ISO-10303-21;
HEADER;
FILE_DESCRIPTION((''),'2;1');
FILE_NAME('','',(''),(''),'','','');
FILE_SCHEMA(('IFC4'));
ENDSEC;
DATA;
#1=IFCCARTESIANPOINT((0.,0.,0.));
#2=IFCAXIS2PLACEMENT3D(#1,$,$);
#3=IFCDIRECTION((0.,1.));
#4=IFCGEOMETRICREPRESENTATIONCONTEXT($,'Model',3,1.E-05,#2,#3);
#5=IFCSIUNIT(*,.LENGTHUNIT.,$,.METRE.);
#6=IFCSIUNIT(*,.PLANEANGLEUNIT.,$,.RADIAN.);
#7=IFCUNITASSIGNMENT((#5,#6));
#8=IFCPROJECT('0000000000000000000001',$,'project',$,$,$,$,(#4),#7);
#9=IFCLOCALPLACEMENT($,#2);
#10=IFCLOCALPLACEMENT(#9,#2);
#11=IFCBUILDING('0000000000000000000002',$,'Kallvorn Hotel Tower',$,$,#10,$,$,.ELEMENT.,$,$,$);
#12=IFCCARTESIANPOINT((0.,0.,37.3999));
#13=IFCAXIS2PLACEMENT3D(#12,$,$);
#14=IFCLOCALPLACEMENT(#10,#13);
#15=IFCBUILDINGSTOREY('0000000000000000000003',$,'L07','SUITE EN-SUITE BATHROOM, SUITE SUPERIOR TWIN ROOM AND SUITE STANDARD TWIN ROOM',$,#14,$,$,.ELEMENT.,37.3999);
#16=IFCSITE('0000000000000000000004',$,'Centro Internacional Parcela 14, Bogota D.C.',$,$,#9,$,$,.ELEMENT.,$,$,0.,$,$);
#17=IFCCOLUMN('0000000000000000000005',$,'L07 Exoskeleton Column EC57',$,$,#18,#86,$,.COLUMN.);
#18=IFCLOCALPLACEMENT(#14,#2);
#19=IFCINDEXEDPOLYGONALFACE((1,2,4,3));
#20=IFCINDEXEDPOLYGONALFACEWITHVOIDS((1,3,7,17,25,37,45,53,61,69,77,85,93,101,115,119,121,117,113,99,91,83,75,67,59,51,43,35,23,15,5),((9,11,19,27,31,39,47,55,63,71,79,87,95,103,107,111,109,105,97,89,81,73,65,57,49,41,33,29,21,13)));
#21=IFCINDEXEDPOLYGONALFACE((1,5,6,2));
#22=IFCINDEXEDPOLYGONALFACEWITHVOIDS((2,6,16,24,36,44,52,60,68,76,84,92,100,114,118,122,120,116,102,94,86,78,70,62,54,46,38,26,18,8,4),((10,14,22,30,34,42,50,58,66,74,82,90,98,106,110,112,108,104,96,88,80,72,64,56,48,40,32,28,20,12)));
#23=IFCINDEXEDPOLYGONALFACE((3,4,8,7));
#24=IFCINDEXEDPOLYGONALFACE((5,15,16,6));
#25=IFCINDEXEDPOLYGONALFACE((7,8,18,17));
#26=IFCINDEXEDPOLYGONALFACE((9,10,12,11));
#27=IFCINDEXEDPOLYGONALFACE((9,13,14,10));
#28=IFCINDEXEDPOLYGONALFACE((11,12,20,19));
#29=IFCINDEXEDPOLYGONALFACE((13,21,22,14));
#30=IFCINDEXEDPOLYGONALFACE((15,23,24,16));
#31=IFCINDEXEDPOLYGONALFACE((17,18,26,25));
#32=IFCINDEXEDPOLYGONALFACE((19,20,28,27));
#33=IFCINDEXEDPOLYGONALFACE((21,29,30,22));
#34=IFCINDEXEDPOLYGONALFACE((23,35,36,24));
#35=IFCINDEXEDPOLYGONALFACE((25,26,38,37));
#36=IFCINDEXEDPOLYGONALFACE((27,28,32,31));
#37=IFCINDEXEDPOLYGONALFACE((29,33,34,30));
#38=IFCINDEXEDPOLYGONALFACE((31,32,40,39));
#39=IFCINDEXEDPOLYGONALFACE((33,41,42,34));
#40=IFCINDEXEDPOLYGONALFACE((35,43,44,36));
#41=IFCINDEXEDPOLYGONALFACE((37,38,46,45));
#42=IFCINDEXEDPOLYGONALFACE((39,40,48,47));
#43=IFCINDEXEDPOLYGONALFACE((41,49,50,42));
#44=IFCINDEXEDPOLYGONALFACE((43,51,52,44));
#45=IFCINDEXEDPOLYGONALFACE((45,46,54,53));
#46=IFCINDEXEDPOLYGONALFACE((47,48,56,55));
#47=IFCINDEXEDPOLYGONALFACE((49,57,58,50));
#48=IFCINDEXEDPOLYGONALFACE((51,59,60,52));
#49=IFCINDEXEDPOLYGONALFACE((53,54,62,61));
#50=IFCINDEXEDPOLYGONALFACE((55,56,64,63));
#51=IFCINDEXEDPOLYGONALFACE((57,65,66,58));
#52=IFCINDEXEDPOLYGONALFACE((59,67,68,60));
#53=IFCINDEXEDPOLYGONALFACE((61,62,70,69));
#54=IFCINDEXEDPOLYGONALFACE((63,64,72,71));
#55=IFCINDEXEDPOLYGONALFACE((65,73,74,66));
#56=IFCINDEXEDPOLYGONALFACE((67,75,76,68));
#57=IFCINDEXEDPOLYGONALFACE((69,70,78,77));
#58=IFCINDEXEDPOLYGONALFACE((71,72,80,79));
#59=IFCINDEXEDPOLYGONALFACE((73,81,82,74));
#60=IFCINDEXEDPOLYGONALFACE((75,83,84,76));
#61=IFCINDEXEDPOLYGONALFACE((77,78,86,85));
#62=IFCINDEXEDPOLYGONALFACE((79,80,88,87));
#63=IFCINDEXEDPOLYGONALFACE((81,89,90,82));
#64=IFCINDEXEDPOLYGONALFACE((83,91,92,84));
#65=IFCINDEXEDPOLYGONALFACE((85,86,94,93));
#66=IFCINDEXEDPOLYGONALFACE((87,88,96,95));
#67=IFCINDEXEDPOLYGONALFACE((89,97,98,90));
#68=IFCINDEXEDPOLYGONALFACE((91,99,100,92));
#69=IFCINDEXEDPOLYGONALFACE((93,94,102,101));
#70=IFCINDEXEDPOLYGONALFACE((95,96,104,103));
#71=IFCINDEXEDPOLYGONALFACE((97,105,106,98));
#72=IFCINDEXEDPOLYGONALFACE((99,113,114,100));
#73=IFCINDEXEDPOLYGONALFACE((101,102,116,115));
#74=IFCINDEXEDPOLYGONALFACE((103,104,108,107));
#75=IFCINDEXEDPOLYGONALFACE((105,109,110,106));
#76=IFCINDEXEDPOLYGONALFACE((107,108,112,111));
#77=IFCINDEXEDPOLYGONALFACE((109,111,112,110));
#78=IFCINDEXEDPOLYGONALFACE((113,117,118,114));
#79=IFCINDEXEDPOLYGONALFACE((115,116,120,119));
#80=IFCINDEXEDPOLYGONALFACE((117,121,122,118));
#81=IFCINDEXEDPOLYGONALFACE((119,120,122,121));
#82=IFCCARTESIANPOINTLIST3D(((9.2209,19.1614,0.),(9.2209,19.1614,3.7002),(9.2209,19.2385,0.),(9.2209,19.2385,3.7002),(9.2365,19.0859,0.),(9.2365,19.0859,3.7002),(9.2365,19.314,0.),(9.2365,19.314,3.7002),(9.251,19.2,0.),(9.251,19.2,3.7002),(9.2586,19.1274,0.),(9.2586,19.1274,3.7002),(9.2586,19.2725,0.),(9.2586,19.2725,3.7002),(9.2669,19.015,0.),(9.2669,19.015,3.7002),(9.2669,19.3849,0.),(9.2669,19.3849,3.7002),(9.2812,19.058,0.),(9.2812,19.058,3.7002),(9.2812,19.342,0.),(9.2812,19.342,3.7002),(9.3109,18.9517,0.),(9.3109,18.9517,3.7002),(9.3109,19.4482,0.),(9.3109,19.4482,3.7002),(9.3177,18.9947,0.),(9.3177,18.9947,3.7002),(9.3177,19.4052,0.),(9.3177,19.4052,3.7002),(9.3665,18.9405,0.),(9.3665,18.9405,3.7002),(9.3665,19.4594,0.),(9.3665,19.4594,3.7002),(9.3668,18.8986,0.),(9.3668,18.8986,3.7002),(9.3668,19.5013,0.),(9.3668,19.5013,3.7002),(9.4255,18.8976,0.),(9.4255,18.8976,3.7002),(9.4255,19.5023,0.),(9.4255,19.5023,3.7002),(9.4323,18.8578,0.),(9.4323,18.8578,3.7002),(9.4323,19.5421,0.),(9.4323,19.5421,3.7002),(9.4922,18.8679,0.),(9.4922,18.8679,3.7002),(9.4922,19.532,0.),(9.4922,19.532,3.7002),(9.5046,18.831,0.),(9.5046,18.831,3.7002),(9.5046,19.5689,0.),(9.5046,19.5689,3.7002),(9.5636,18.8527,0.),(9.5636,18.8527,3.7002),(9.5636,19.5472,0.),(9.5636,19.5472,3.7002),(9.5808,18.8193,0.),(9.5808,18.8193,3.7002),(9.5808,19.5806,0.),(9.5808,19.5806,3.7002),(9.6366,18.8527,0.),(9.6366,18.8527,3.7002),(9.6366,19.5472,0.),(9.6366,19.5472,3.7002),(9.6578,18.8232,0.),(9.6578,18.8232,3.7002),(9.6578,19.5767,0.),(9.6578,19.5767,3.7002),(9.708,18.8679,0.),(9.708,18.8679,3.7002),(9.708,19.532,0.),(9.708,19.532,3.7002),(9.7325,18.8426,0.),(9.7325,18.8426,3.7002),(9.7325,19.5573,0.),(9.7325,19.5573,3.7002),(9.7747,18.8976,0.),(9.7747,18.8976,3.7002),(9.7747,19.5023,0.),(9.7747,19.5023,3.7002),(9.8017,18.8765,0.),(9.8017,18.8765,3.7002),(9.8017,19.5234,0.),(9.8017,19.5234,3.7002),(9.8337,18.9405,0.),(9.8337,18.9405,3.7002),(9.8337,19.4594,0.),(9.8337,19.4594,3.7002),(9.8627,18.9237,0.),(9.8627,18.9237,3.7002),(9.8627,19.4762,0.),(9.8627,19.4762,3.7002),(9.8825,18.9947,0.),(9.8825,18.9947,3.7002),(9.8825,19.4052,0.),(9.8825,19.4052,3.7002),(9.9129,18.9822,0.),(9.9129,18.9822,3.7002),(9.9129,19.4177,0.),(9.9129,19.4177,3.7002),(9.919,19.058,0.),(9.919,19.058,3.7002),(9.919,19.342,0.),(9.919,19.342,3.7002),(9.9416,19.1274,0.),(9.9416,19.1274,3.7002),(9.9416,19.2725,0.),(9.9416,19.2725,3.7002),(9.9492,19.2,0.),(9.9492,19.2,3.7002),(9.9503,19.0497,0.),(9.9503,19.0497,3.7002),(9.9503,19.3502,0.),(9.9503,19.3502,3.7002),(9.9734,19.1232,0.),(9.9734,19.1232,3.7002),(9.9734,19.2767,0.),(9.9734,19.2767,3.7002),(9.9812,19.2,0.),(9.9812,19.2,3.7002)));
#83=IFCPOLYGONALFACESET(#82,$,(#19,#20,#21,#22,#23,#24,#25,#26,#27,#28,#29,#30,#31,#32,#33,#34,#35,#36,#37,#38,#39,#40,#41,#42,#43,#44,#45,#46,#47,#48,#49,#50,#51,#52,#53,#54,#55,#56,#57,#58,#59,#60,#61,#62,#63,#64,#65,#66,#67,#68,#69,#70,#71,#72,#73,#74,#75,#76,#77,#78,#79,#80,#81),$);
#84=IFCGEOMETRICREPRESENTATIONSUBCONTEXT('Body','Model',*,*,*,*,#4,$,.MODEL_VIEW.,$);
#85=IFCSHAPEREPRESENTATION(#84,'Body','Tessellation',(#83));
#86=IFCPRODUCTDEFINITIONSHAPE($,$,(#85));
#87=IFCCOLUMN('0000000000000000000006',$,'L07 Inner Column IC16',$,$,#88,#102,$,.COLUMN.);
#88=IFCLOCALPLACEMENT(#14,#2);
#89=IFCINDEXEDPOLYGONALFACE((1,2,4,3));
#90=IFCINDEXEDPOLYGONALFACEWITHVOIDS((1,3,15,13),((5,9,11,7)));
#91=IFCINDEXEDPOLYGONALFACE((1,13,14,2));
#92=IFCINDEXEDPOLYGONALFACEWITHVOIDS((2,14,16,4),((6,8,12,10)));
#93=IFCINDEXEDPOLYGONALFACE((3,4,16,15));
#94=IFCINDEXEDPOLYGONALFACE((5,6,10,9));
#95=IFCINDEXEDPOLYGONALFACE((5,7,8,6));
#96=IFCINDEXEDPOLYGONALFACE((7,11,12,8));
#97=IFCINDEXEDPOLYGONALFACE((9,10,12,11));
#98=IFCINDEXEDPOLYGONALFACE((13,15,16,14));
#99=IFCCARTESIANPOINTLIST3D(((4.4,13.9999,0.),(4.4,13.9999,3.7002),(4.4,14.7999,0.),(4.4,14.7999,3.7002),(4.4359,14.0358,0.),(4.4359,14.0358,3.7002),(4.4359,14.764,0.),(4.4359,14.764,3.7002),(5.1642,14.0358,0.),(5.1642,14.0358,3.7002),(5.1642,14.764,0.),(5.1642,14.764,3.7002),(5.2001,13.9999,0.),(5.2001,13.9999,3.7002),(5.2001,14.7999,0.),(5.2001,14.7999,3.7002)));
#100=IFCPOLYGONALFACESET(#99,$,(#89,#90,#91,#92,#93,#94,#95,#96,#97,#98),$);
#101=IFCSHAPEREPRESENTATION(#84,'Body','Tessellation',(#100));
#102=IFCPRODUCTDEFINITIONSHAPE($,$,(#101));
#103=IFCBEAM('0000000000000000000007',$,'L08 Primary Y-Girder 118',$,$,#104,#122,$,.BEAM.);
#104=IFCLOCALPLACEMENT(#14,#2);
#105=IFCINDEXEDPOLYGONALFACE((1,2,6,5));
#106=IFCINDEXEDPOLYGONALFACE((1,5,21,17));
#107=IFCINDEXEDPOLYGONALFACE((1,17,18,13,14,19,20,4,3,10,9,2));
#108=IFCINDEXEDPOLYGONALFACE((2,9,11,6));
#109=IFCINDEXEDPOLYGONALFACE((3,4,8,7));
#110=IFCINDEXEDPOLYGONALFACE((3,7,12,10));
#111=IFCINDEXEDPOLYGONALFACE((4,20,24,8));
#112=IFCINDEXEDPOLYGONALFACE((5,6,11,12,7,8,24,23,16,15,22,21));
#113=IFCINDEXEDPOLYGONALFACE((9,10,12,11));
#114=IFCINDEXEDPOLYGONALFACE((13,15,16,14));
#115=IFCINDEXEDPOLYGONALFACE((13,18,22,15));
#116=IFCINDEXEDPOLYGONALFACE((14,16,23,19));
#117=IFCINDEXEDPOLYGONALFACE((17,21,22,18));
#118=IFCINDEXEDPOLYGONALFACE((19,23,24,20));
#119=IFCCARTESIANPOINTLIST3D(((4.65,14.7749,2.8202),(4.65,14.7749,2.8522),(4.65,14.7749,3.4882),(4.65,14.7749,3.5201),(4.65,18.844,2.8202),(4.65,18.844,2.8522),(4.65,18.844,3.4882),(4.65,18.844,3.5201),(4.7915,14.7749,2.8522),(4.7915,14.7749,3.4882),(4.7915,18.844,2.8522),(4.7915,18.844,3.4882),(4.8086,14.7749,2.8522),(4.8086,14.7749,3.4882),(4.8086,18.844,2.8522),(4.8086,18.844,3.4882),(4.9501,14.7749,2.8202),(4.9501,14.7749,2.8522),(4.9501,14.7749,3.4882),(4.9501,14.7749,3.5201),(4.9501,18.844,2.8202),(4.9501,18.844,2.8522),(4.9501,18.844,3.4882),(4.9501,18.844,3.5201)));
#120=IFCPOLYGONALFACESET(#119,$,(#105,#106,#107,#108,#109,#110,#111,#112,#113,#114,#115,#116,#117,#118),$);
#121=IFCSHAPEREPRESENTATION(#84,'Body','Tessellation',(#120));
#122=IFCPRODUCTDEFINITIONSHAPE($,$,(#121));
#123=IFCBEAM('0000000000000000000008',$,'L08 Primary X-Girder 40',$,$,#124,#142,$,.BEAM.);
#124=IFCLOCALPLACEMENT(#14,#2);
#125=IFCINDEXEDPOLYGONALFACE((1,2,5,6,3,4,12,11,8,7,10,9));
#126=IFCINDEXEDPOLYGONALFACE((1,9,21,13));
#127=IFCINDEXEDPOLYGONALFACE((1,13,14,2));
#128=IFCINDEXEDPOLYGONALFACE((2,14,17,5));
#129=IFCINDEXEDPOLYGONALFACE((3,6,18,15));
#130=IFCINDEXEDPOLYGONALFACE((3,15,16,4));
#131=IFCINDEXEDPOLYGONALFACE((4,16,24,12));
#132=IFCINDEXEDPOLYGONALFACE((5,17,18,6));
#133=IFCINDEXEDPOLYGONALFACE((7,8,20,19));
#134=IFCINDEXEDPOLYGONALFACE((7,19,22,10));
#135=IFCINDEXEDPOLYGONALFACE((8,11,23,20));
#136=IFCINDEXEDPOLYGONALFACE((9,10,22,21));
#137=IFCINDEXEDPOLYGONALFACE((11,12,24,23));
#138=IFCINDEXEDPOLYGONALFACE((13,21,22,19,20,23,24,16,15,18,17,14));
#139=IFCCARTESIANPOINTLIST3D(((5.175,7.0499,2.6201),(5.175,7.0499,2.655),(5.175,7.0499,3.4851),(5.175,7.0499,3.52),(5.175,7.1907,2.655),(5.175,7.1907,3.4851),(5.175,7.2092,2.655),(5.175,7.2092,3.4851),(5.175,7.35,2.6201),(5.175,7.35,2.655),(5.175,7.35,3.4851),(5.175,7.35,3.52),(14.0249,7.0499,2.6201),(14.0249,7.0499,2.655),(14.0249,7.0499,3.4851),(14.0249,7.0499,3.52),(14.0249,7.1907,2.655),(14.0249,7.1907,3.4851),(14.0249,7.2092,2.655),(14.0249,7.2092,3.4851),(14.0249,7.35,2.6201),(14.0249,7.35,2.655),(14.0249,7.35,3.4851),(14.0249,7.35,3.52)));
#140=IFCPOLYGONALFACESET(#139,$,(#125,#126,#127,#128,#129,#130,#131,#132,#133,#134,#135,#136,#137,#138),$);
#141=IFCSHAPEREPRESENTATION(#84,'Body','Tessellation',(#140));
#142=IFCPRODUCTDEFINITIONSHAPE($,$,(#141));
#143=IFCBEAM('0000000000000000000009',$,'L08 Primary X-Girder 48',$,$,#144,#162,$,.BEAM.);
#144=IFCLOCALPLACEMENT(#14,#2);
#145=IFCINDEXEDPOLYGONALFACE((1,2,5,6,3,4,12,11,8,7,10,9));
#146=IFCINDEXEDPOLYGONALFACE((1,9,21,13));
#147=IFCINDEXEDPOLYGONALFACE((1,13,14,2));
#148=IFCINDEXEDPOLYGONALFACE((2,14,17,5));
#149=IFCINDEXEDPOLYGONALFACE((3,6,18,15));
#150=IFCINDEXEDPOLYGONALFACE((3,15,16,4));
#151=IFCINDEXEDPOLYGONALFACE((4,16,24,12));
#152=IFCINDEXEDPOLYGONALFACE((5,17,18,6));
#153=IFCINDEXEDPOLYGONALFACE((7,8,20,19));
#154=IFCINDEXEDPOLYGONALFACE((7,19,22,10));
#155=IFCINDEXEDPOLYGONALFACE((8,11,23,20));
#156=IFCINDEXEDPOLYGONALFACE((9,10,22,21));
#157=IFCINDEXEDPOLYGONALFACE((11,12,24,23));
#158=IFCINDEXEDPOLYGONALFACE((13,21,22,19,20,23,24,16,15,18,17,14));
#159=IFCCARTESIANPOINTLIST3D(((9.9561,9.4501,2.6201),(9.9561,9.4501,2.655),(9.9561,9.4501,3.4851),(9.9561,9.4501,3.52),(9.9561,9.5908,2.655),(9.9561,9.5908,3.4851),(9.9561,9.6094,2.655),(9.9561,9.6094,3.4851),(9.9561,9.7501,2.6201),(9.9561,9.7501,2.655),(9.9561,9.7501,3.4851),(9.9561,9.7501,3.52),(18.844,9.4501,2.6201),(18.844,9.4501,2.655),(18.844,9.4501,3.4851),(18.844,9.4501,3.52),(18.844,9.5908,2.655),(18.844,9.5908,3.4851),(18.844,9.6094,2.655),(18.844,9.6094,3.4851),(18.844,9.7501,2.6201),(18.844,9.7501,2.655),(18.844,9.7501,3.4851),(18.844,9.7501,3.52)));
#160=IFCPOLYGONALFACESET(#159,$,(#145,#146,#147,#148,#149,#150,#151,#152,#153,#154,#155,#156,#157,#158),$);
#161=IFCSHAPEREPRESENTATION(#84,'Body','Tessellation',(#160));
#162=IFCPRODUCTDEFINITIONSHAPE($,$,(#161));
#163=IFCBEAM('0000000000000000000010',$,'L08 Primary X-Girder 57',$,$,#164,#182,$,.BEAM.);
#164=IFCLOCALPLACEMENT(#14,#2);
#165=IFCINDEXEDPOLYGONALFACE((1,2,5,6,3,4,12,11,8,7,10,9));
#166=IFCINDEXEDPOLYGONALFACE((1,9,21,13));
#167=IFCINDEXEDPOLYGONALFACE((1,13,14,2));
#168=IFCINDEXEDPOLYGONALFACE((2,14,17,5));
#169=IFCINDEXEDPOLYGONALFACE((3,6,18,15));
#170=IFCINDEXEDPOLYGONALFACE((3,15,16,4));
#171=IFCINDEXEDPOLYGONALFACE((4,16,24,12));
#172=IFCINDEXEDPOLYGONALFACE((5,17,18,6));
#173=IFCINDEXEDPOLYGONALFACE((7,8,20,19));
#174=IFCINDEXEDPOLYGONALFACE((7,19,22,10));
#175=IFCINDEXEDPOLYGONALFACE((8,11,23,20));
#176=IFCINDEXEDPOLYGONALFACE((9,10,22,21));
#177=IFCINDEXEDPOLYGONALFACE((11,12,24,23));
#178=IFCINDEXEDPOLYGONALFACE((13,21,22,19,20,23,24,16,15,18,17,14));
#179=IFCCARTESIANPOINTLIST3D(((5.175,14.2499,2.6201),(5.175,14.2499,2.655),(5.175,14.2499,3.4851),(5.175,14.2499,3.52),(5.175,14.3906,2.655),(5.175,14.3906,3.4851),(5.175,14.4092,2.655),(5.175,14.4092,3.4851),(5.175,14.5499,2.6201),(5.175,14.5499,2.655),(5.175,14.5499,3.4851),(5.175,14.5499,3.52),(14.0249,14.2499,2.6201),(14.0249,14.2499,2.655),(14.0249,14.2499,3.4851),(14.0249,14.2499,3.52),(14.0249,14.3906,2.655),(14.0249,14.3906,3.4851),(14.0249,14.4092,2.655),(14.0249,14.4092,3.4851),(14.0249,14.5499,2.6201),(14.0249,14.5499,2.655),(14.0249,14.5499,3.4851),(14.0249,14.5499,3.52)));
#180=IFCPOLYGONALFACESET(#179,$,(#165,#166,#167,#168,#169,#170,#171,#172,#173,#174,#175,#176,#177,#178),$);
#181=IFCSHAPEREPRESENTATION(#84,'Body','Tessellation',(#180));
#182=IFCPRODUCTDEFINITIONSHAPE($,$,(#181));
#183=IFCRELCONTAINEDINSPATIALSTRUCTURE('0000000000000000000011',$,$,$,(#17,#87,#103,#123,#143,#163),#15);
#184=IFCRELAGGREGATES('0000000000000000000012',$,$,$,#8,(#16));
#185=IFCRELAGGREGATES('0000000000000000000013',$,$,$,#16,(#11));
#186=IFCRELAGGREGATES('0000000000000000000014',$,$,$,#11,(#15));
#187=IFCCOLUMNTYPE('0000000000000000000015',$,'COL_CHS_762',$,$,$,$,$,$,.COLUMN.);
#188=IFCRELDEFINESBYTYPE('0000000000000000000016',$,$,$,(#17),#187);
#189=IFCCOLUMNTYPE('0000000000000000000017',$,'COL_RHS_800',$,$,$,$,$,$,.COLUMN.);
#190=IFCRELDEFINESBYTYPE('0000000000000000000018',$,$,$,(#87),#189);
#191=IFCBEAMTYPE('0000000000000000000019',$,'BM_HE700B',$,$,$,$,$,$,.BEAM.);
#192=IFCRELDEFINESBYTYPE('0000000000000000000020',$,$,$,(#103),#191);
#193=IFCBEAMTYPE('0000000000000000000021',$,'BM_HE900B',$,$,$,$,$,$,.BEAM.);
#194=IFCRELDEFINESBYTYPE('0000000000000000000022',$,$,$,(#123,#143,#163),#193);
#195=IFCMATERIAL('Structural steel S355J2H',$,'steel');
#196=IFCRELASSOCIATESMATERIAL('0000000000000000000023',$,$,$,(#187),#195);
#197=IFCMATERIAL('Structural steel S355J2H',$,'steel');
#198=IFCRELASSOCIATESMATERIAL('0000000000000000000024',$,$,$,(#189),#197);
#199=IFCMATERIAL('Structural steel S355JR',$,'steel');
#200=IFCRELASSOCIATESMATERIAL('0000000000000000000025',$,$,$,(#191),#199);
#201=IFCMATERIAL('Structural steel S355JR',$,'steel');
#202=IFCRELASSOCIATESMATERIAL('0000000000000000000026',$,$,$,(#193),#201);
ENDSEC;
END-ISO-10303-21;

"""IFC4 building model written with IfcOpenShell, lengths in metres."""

from ifc_helpers import new_model, si_unit, direction, frame, origin, origin_2d, place, context, subcontext, project, spatial, hollow_rectangle, hollow_circle, i_section, extrude, material, material_profile, profile_set, type_object, element, save


model = new_model("IFC4")

# Units and contexts
model_context = context("Model", 3, precision=1e-05, world=origin(), true_north=direction((0.0, 1.0)))
body_context = subcontext(model_context, "Body", "Model", "MODEL_VIEW")
ifc_project = project(units=[si_unit("LENGTHUNIT", "METRE"), si_unit("PLANEANGLEUNIT", "RADIAN")], contexts=[model_context])

# Site, building, storey
site_placement = place(None, origin())
site = spatial("IfcSite", under=ifc_project, at=site_placement, Name="Centro Internacional Parcela 14, Bogota D.C.", CompositionType="ELEMENT", RefElevation=0.0)
building_placement = place(site_placement, origin())
building = spatial("IfcBuilding", under=site, at=building_placement, Name="Kallvorn Hotel Tower", CompositionType="ELEMENT")
storey_placement = place(building_placement, frame((0.0, 0.0, 37.3999)))
storey = spatial("IfcBuildingStorey", under=building, at=storey_placement, Name="L07", Description="SUITE EN-SUITE BATHROOM, SUITE SUPERIOR TWIN ROOM AND SUITE STANDARD TWIN ROOM", CompositionType="ELEMENT", Elevation=37.3999)

# Columns
ifc_material_1 = material(Name="Structural steel S355J2H", Category="steel")
ifc_material_profile_1 = material_profile(ifc_material_1, hollow_circle(Radius=0.3811, WallThickness=0.032, at=origin_2d()), Name="CHS 762x32")
ifc_profile_set_1 = profile_set([ifc_material_profile_1], Name="Structural steel S355J2H")
column_type_1 = type_object("IfcColumnType", Name="COL_CHS_762", PredefinedType="COLUMN", material=ifc_profile_set_1)
for number, where, z_axis, x_axis, name in (
    (1, (9.6001, 19.2, 0.0), (0.0, 0.0, 1.0), (1.0, 0.0, 0.0), "L07 Exoskeleton Column EC57"),
):
    element("IfcColumn", number, at=place(storey_placement, frame(where, z_axis=z_axis, x_axis=x_axis)), inside=storey, type_object=column_type_1, Name=name, PredefinedType="COLUMN", context=body_context, shape_type="SweptSolid", body=[
        extrude(hollow_circle(Radius=0.3811, WallThickness=0.032, at=origin_2d()), origin(), (0.0, 0.0, 1.0), 3.7002),
    ])
ifc_material_2 = material(Name="Structural steel S355J2H", Category="steel")
ifc_material_profile_2 = material_profile(ifc_material_2, hollow_rectangle(XDim=0.8, YDim=0.8, WallThickness=0.0359, at=origin_2d()), Name="RHS 800x800x36")
ifc_profile_set_2 = profile_set([ifc_material_profile_2], Name="Structural steel S355J2H")
column_type_2 = type_object("IfcColumnType", Name="COL_RHS_800", PredefinedType="COLUMN", material=ifc_profile_set_2)
column_placement = place(storey_placement, frame((4.8, 14.3999, 0.0), z_axis=(0.0, 0.0, 1.0), x_axis=(1.0, 0.0, 0.0)))
element("IfcColumn", 2, at=column_placement, inside=storey, type_object=column_type_2, Name="L07 Inner Column IC16", PredefinedType="COLUMN", context=body_context, shape_type="SweptSolid", body=[
    extrude(hollow_rectangle(XDim=0.8, YDim=0.8, WallThickness=0.0359, at=origin_2d()), origin(), (0.0, 0.0, 1.0), 3.7002),
])

# Beams
ifc_material_3 = material(Name="Structural steel S355JR", Category="steel")
ifc_material_profile_3 = material_profile(ifc_material_3, i_section(OverallWidth=0.3, OverallDepth=0.7, WebThickness=0.0171, FlangeThickness=0.032, at=origin_2d()), Name="HE 700 B")
ifc_profile_set_3 = profile_set([ifc_material_profile_3], Name="Structural steel S355JR")
beam_type_1 = type_object("IfcBeamType", Name="BM_HE700B", PredefinedType="BEAM", material=ifc_profile_set_3)
beam_1_placement = place(storey_placement, frame((4.8, 14.7749, 3.1702), z_axis=(0.0, 1.0, 0.0), x_axis=(-1.0, 0.0, 0.0)))
element("IfcBeam", 3, at=beam_1_placement, inside=storey, type_object=beam_type_1, Name="L08 Primary Y-Girder 118", PredefinedType="BEAM", context=body_context, shape_type="SweptSolid", body=[
    extrude(i_section(OverallWidth=0.3, OverallDepth=0.7, WebThickness=0.0171, FlangeThickness=0.032, at=origin_2d()), origin(), (0.0, 0.0, 1.0), 4.0691),
])
ifc_material_4 = material(Name="Structural steel S355JR", Category="steel")
ifc_material_profile_4 = material_profile(ifc_material_4, i_section(OverallWidth=0.3, OverallDepth=0.8999, WebThickness=0.0186, FlangeThickness=0.0349, at=origin_2d()), Name="HE 900 B")
ifc_profile_set_4 = profile_set([ifc_material_profile_4], Name="Structural steel S355JR")
beam_type_2 = type_object("IfcBeamType", Name="BM_HE900B", PredefinedType="BEAM", material=ifc_profile_set_4)
beam_2_placement = place(storey_placement, frame((5.175, 7.2, 3.0701), z_axis=(1.0, 0.0, 0.0), x_axis=(0.0, 1.0, 0.0)))
element("IfcBeam", 4, at=beam_2_placement, inside=storey, type_object=beam_type_2, Name="L08 Primary X-Girder 40", PredefinedType="BEAM", context=body_context, shape_type="SweptSolid", body=[
    extrude(i_section(OverallWidth=0.3, OverallDepth=0.8999, WebThickness=0.0186, FlangeThickness=0.0349, at=origin_2d()), origin(), (0.0, 0.0, 1.0), 8.8499),
])
beam_3_placement = place(storey_placement, frame((9.9561, 9.6001, 3.0701), z_axis=(1.0, 0.0, 0.0), x_axis=(0.0, 1.0, 0.0)))
element("IfcBeam", 5, at=beam_3_placement, inside=storey, type_object=beam_type_2, Name="L08 Primary X-Girder 48", PredefinedType="BEAM", context=body_context, shape_type="SweptSolid", body=[
    extrude(i_section(OverallWidth=0.3, OverallDepth=0.8999, WebThickness=0.0186, FlangeThickness=0.0349, at=origin_2d()), origin(), (0.0, 0.0, 1.0), 8.8879),
])
beam_4_placement = place(storey_placement, frame((5.175, 14.3999, 3.0701), z_axis=(1.0, 0.0, 0.0), x_axis=(0.0, 1.0, 0.0)))
element("IfcBeam", 6, at=beam_4_placement, inside=storey, type_object=beam_type_2, Name="L08 Primary X-Girder 57", PredefinedType="BEAM", context=body_context, shape_type="SweptSolid", body=[
    extrude(i_section(OverallWidth=0.3, OverallDepth=0.8999, WebThickness=0.0186, FlangeThickness=0.0349, at=origin_2d()), origin(), (0.0, 0.0, 1.0), 8.8499),
])

save(model, "model.ifc")
